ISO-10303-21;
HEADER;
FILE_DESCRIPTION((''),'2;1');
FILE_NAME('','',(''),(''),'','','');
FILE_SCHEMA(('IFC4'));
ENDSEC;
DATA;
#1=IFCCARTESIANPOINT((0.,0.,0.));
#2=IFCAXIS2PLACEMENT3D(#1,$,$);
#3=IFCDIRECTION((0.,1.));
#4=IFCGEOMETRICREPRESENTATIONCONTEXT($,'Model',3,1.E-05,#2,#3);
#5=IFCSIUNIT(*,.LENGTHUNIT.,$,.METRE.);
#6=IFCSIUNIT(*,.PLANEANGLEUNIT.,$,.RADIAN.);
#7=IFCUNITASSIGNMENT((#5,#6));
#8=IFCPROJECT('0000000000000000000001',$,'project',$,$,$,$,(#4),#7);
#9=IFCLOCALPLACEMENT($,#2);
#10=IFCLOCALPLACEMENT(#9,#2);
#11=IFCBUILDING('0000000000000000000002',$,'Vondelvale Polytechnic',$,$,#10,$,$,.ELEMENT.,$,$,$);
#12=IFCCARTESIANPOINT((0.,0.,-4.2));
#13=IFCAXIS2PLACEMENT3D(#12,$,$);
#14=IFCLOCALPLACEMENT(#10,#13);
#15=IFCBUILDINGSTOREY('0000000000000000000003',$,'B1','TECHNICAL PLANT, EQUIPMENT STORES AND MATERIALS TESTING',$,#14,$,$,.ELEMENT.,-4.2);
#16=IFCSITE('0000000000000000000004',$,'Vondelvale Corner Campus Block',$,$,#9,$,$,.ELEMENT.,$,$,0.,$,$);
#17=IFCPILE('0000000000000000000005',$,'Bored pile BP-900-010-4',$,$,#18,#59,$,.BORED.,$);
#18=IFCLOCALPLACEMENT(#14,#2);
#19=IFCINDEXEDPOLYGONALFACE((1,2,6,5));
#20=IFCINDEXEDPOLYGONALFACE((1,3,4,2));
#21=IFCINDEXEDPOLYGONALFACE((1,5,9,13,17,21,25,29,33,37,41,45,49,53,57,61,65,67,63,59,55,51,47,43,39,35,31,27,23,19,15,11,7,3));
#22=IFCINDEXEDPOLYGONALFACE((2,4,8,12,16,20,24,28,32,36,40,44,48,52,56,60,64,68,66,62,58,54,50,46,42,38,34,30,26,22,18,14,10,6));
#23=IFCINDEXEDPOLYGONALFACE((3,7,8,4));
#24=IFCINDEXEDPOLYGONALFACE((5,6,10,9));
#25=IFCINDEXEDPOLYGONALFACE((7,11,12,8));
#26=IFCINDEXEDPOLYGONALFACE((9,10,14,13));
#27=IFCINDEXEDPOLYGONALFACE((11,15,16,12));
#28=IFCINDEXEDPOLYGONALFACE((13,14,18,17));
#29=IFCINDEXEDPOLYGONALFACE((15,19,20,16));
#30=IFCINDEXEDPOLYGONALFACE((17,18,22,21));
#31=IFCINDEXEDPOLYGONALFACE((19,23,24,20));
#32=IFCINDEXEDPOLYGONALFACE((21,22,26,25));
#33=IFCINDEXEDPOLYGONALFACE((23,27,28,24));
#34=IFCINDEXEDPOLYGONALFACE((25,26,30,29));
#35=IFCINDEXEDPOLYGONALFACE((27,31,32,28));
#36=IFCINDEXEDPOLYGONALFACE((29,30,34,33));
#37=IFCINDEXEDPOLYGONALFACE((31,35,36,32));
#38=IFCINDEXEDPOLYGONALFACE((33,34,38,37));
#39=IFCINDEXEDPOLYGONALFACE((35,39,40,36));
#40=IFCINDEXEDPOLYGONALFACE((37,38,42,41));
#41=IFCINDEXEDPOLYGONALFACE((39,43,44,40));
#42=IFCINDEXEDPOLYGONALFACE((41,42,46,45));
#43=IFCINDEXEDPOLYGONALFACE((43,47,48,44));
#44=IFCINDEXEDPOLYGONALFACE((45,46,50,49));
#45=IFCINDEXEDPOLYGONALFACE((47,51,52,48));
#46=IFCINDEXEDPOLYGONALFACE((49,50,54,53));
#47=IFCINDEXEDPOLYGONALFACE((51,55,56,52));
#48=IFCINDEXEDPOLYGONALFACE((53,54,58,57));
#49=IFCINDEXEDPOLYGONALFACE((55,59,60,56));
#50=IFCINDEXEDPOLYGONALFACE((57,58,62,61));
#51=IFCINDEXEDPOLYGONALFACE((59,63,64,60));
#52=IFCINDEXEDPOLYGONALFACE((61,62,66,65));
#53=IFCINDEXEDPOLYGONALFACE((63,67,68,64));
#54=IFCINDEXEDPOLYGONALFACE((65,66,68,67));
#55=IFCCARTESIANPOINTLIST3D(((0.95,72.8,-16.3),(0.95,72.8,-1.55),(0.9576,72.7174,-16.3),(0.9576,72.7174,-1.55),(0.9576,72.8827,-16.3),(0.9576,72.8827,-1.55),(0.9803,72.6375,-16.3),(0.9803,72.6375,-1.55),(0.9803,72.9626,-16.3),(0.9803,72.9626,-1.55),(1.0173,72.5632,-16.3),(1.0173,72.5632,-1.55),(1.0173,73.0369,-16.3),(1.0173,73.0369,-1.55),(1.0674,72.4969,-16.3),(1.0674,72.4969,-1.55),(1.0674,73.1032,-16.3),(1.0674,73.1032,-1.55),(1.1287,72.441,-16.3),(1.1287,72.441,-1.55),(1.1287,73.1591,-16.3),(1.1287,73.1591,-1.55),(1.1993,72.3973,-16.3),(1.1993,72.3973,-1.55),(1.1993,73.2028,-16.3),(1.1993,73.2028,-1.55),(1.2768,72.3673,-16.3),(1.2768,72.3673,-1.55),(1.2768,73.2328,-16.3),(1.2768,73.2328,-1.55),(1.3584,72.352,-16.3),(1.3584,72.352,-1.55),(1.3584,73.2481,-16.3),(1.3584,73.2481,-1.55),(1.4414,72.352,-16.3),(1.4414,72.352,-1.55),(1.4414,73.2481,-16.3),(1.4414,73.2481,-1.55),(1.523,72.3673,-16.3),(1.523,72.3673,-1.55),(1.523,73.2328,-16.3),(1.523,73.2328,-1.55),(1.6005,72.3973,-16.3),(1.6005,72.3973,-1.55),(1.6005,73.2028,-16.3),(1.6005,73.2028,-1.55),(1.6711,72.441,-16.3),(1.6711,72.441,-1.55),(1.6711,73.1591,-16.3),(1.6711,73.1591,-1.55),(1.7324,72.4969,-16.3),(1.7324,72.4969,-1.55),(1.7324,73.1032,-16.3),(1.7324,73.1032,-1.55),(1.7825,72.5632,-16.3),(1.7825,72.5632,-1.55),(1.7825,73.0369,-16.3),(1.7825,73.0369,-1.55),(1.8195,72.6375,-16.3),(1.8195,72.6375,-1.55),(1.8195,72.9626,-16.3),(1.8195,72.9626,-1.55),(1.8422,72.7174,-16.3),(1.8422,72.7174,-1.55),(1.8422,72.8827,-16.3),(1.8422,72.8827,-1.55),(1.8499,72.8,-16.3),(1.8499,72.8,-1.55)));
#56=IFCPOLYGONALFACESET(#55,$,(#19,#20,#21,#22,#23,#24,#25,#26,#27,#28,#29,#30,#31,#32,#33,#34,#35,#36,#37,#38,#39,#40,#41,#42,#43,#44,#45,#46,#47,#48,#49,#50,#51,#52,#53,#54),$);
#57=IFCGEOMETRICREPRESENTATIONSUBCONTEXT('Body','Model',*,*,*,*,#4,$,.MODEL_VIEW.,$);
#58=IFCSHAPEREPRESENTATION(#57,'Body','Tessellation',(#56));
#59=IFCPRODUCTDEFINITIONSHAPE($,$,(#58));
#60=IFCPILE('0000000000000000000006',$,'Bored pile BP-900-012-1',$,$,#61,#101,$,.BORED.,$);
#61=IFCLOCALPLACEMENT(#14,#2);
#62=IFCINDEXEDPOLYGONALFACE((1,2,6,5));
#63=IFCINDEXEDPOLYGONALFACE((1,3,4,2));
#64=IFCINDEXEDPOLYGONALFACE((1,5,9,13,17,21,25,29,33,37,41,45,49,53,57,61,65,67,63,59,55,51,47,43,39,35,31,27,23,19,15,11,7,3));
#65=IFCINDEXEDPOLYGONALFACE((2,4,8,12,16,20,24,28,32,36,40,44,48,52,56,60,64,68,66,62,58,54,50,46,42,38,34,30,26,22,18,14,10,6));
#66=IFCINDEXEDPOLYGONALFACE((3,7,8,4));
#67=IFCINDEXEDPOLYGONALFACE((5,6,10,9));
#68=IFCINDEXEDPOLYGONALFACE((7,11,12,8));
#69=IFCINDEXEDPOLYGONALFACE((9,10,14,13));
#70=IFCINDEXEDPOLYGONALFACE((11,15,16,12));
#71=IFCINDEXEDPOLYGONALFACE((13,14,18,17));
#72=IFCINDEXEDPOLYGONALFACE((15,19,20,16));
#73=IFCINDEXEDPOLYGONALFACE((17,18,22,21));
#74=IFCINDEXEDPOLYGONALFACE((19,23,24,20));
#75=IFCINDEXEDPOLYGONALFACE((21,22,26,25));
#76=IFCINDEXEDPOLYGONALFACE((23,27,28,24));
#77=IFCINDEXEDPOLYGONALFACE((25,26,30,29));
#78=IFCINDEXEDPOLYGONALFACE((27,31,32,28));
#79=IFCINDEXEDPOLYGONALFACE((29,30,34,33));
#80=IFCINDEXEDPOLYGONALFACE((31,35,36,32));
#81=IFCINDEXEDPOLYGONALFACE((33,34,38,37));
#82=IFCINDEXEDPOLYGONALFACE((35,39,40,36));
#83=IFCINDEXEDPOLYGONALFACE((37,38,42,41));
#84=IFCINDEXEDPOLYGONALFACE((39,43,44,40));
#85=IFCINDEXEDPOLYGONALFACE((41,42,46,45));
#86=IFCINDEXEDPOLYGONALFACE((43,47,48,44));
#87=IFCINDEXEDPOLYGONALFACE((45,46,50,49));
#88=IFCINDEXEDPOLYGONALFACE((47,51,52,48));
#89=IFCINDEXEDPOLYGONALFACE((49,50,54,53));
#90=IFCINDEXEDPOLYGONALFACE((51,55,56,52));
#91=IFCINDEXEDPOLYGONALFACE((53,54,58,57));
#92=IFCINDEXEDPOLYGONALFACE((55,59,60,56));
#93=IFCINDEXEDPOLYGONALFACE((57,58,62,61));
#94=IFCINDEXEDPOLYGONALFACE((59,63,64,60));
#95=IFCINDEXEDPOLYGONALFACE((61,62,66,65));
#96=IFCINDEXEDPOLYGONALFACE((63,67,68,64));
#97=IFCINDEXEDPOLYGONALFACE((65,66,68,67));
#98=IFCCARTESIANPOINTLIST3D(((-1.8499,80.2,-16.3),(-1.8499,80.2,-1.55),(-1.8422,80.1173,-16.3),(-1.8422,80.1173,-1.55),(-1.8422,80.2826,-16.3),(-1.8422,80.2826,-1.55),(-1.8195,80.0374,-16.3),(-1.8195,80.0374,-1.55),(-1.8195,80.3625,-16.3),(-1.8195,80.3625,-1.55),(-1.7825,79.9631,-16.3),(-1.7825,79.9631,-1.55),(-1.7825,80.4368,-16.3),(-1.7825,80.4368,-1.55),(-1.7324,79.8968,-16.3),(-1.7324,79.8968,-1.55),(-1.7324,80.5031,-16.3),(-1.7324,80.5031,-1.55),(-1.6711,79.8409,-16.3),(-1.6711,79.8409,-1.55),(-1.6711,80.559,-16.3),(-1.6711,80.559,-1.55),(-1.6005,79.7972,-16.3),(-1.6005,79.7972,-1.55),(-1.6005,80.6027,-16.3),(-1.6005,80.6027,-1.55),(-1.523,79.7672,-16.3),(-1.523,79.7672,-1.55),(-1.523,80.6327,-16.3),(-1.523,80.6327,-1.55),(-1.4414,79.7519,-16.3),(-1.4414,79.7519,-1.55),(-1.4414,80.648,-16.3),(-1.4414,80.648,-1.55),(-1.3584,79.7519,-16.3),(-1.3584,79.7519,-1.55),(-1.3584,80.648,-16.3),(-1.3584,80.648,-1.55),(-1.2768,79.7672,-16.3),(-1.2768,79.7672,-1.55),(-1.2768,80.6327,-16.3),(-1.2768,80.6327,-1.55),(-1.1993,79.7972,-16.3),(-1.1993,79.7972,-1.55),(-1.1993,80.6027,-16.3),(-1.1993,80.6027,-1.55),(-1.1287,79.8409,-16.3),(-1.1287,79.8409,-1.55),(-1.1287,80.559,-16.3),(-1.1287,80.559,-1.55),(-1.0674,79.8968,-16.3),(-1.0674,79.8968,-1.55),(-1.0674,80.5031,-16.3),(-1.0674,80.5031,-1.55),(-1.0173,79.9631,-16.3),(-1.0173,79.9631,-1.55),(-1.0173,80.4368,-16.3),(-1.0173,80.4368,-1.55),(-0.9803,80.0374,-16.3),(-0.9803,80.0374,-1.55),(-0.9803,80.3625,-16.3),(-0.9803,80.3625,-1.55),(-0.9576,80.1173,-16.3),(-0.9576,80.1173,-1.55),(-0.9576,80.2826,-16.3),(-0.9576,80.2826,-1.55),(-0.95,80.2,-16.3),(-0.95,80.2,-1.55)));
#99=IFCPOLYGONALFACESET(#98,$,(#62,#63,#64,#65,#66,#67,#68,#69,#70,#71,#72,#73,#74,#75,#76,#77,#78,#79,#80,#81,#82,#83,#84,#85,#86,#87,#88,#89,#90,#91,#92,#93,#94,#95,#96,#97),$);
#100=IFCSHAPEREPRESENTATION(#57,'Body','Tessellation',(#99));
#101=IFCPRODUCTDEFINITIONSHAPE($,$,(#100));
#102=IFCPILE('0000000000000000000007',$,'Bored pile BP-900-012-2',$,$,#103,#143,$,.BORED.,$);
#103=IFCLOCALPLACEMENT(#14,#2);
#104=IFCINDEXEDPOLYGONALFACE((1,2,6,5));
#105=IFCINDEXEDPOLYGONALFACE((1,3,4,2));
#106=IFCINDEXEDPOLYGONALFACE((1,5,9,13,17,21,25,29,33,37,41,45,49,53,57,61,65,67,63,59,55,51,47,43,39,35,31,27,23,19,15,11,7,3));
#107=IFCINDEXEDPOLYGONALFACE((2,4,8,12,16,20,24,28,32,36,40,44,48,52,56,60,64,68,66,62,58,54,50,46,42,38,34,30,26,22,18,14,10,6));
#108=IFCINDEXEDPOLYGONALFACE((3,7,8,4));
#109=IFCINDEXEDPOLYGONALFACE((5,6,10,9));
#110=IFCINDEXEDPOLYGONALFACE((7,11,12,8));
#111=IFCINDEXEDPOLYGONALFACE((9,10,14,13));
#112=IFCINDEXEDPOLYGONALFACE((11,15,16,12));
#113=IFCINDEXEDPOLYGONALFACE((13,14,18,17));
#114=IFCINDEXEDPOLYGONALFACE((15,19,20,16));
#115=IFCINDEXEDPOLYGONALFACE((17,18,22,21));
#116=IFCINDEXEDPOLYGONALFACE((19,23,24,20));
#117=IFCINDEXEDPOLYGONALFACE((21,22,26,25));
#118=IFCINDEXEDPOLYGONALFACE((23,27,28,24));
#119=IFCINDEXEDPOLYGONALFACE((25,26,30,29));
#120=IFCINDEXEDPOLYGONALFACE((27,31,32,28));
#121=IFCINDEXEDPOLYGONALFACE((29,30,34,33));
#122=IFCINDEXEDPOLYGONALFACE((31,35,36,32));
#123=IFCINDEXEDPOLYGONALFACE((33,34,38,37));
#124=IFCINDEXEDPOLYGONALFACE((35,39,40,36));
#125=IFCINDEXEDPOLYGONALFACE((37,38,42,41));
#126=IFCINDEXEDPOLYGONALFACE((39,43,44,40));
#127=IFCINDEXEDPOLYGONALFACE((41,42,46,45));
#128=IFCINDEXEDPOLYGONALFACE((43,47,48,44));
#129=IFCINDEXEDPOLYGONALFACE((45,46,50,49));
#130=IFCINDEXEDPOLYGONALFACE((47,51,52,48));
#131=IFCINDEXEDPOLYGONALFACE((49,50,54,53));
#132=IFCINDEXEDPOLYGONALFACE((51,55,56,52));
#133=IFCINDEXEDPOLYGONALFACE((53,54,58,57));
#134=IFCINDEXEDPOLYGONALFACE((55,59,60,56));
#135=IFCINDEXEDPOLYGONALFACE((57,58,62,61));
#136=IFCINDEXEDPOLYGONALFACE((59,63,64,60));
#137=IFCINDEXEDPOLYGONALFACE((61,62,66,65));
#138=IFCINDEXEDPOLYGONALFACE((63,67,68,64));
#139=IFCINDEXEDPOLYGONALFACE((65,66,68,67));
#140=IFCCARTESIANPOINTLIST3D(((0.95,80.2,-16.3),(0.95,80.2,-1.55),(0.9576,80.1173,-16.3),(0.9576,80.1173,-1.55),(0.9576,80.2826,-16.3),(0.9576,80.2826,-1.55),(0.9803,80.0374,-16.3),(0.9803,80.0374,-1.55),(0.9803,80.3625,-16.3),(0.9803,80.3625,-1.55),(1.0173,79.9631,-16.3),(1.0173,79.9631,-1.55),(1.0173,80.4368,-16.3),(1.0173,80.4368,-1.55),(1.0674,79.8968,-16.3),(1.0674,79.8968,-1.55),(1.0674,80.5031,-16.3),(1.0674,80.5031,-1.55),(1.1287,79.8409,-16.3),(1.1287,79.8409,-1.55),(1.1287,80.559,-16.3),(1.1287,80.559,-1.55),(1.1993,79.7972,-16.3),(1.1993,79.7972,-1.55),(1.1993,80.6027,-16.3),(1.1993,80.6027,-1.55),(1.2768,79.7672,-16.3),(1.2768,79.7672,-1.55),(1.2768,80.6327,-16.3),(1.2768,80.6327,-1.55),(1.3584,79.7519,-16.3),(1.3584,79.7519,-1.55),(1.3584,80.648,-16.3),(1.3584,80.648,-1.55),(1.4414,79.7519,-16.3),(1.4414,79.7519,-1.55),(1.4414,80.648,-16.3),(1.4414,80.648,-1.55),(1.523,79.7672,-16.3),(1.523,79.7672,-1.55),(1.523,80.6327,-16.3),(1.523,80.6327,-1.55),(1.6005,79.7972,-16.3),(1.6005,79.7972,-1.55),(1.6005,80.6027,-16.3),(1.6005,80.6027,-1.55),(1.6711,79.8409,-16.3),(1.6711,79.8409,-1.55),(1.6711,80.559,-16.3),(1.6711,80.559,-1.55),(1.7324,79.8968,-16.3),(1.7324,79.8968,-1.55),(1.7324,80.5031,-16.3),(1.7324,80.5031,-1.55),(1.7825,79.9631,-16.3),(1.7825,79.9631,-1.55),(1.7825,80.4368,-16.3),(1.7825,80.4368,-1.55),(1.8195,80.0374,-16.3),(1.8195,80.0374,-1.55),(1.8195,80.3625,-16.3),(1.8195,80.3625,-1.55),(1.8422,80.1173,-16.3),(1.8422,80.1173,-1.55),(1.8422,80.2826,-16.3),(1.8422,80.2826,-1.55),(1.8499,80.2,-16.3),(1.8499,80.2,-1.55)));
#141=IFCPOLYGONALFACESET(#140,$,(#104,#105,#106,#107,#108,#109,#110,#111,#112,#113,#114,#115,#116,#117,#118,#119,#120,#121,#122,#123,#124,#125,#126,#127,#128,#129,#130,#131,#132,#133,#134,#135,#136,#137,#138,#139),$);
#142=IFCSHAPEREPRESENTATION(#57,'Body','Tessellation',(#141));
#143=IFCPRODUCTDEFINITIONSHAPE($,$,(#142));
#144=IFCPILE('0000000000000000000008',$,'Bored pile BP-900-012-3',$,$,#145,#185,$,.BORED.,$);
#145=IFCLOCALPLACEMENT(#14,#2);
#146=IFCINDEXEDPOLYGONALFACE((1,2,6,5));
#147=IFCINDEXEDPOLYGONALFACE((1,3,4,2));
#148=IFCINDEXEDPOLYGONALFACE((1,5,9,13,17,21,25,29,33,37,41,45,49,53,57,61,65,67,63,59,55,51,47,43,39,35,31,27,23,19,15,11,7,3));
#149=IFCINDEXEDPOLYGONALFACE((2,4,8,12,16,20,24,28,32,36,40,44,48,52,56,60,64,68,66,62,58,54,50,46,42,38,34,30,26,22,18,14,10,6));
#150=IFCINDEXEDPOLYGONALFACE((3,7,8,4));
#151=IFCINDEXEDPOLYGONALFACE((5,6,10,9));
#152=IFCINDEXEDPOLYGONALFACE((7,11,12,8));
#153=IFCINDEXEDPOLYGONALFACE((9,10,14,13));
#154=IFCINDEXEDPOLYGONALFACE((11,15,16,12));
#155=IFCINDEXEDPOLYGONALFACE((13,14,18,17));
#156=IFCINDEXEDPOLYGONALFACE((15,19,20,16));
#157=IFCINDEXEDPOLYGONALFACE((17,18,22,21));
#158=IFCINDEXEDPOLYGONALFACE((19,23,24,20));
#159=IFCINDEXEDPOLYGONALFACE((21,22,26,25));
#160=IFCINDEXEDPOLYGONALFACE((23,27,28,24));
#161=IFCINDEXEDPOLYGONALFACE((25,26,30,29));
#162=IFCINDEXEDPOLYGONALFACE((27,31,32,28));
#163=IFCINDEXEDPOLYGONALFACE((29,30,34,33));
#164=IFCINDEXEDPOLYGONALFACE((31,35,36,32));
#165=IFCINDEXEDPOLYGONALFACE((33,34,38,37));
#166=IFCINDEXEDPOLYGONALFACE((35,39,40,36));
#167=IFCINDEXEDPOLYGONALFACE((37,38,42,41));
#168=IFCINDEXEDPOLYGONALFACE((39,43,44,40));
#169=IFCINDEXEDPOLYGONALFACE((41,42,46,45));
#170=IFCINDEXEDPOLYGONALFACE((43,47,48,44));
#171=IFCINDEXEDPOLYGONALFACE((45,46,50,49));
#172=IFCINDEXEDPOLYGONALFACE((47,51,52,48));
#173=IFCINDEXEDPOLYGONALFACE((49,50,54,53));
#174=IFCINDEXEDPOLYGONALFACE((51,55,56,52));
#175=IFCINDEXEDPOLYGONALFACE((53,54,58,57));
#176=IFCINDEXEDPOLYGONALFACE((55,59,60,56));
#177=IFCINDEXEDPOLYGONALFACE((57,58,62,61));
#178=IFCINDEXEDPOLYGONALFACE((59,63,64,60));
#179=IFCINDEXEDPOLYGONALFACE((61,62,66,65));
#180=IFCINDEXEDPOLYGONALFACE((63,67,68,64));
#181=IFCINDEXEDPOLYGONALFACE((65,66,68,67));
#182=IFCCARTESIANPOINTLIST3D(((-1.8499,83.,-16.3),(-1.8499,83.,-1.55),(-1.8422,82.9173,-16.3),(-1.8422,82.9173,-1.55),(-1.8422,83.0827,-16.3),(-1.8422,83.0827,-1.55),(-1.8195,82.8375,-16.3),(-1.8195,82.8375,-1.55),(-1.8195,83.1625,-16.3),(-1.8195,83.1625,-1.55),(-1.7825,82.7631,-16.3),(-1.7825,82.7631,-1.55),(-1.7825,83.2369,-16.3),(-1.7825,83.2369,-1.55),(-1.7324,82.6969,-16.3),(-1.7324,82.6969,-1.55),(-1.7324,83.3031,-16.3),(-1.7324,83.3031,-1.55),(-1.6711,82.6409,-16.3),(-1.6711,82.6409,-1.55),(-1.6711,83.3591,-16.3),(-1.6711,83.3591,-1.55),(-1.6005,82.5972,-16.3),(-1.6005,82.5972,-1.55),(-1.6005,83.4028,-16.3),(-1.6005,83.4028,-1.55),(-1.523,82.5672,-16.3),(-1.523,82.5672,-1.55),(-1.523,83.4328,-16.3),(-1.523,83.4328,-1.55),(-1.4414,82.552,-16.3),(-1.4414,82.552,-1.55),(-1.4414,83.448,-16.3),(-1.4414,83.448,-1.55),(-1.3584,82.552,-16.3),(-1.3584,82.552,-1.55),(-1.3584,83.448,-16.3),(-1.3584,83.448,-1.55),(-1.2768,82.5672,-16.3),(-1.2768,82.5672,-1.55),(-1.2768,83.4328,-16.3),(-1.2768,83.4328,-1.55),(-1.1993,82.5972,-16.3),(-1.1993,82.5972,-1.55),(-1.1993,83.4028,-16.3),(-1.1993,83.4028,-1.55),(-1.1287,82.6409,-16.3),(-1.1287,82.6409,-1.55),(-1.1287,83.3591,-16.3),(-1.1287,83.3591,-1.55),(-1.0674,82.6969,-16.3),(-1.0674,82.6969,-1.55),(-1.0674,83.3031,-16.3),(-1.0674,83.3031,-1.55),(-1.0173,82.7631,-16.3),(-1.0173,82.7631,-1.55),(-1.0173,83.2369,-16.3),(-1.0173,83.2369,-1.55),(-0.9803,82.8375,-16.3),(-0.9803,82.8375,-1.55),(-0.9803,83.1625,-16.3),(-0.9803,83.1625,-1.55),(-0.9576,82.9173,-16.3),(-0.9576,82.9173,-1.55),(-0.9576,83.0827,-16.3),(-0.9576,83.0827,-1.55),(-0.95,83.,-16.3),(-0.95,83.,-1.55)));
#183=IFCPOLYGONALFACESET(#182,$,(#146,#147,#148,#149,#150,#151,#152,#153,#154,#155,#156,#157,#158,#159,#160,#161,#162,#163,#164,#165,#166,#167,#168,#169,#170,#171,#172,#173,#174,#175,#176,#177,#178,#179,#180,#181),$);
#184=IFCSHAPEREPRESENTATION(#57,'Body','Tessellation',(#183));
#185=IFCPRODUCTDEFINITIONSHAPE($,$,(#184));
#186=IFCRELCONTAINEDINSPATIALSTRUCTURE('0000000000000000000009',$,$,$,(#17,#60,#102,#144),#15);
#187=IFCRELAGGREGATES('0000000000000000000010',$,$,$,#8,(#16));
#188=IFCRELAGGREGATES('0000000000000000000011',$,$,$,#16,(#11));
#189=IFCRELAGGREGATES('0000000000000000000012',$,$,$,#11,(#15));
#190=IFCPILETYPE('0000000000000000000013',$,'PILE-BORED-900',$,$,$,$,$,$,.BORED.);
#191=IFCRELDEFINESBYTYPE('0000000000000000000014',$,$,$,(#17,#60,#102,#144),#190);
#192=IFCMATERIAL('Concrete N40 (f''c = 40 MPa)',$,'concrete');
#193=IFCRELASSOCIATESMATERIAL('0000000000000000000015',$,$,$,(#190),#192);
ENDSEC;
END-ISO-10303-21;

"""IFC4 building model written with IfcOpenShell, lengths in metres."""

from ifc_helpers import new_model, si_unit, direction, frame, origin, origin_2d, place, context, subcontext, project, spatial, circle, extrude, material, material_profile, profile_set, type_object, element, save


model = new_model("IFC4")

# Units and contexts
model_context = context("Model", 3, precision=1e-05, world=origin(), true_north=direction((0.0, 1.0)))
body_context = subcontext(model_context, "Body", "Model", "MODEL_VIEW")
ifc_project = project(units=[si_unit("LENGTHUNIT", "METRE"), si_unit("PLANEANGLEUNIT", "RADIAN")], contexts=[model_context])

# Site, building, storey
site_placement = place(None, origin())
site = spatial("IfcSite", under=ifc_project, at=site_placement, Name="Vondelvale Corner Campus Block", CompositionType="ELEMENT", RefElevation=0.0)
building_placement = place(site_placement, origin())
building = spatial("IfcBuilding", under=site, at=building_placement, Name="Vondelvale Polytechnic", CompositionType="ELEMENT")
storey_placement = place(building_placement, frame((0.0, 0.0, -4.2)))
storey = spatial("IfcBuildingStorey", under=building, at=storey_placement, Name="B1", Description="TECHNICAL PLANT, EQUIPMENT STORES AND MATERIALS TESTING", CompositionType="ELEMENT", Elevation=-4.2)

# Shared definitions
ifc_material_1 = material(Name="Concrete N40 (f'c = 40 MPa)", Category="concrete")

# Piles
ifc_material_profile_1 = material_profile(ifc_material_1, circle(Radius=0.45, at=origin_2d()), Name="PILE-D900")
ifc_profile_set_1 = profile_set([ifc_material_profile_1], Name="Concrete N40 (f'c = 40 MPa)")
pile_type_1 = type_object("IfcPileType", Name="PILE-BORED-900", PredefinedType="BORED", material=ifc_profile_set_1)
for number, where, z_axis, x_axis, name in (
    (1, (1.3999, 72.8, -1.55), (0.0, 0.0, -1.0), (1.0, 0.0, 0.0), "Bored pile BP-900-010-4"),
    (2, (-1.3999, 80.2, -1.55), (0.0, 0.0, -1.0), (1.0, 0.0, 0.0), "Bored pile BP-900-012-1"),
    (3, (1.3999, 80.2, -1.55), (0.0, 0.0, -1.0), (1.0, 0.0, 0.0), "Bored pile BP-900-012-2"),
    (4, (-1.3999, 83.0, -1.55), (0.0, 0.0, -1.0), (1.0, 0.0, 0.0), "Bored pile BP-900-012-3"),
):
    element("IfcPile", number, at=place(storey_placement, frame(where, z_axis=z_axis, x_axis=x_axis)), inside=storey, type_object=pile_type_1, Name=name, PredefinedType="BORED", context=body_context, shape_type="SweptSolid", body=[
        extrude(circle(Radius=0.45, at=origin_2d()), origin(), (0.0, 0.0, 1.0), 14.75),
    ])

save(model, "model.ifc")
